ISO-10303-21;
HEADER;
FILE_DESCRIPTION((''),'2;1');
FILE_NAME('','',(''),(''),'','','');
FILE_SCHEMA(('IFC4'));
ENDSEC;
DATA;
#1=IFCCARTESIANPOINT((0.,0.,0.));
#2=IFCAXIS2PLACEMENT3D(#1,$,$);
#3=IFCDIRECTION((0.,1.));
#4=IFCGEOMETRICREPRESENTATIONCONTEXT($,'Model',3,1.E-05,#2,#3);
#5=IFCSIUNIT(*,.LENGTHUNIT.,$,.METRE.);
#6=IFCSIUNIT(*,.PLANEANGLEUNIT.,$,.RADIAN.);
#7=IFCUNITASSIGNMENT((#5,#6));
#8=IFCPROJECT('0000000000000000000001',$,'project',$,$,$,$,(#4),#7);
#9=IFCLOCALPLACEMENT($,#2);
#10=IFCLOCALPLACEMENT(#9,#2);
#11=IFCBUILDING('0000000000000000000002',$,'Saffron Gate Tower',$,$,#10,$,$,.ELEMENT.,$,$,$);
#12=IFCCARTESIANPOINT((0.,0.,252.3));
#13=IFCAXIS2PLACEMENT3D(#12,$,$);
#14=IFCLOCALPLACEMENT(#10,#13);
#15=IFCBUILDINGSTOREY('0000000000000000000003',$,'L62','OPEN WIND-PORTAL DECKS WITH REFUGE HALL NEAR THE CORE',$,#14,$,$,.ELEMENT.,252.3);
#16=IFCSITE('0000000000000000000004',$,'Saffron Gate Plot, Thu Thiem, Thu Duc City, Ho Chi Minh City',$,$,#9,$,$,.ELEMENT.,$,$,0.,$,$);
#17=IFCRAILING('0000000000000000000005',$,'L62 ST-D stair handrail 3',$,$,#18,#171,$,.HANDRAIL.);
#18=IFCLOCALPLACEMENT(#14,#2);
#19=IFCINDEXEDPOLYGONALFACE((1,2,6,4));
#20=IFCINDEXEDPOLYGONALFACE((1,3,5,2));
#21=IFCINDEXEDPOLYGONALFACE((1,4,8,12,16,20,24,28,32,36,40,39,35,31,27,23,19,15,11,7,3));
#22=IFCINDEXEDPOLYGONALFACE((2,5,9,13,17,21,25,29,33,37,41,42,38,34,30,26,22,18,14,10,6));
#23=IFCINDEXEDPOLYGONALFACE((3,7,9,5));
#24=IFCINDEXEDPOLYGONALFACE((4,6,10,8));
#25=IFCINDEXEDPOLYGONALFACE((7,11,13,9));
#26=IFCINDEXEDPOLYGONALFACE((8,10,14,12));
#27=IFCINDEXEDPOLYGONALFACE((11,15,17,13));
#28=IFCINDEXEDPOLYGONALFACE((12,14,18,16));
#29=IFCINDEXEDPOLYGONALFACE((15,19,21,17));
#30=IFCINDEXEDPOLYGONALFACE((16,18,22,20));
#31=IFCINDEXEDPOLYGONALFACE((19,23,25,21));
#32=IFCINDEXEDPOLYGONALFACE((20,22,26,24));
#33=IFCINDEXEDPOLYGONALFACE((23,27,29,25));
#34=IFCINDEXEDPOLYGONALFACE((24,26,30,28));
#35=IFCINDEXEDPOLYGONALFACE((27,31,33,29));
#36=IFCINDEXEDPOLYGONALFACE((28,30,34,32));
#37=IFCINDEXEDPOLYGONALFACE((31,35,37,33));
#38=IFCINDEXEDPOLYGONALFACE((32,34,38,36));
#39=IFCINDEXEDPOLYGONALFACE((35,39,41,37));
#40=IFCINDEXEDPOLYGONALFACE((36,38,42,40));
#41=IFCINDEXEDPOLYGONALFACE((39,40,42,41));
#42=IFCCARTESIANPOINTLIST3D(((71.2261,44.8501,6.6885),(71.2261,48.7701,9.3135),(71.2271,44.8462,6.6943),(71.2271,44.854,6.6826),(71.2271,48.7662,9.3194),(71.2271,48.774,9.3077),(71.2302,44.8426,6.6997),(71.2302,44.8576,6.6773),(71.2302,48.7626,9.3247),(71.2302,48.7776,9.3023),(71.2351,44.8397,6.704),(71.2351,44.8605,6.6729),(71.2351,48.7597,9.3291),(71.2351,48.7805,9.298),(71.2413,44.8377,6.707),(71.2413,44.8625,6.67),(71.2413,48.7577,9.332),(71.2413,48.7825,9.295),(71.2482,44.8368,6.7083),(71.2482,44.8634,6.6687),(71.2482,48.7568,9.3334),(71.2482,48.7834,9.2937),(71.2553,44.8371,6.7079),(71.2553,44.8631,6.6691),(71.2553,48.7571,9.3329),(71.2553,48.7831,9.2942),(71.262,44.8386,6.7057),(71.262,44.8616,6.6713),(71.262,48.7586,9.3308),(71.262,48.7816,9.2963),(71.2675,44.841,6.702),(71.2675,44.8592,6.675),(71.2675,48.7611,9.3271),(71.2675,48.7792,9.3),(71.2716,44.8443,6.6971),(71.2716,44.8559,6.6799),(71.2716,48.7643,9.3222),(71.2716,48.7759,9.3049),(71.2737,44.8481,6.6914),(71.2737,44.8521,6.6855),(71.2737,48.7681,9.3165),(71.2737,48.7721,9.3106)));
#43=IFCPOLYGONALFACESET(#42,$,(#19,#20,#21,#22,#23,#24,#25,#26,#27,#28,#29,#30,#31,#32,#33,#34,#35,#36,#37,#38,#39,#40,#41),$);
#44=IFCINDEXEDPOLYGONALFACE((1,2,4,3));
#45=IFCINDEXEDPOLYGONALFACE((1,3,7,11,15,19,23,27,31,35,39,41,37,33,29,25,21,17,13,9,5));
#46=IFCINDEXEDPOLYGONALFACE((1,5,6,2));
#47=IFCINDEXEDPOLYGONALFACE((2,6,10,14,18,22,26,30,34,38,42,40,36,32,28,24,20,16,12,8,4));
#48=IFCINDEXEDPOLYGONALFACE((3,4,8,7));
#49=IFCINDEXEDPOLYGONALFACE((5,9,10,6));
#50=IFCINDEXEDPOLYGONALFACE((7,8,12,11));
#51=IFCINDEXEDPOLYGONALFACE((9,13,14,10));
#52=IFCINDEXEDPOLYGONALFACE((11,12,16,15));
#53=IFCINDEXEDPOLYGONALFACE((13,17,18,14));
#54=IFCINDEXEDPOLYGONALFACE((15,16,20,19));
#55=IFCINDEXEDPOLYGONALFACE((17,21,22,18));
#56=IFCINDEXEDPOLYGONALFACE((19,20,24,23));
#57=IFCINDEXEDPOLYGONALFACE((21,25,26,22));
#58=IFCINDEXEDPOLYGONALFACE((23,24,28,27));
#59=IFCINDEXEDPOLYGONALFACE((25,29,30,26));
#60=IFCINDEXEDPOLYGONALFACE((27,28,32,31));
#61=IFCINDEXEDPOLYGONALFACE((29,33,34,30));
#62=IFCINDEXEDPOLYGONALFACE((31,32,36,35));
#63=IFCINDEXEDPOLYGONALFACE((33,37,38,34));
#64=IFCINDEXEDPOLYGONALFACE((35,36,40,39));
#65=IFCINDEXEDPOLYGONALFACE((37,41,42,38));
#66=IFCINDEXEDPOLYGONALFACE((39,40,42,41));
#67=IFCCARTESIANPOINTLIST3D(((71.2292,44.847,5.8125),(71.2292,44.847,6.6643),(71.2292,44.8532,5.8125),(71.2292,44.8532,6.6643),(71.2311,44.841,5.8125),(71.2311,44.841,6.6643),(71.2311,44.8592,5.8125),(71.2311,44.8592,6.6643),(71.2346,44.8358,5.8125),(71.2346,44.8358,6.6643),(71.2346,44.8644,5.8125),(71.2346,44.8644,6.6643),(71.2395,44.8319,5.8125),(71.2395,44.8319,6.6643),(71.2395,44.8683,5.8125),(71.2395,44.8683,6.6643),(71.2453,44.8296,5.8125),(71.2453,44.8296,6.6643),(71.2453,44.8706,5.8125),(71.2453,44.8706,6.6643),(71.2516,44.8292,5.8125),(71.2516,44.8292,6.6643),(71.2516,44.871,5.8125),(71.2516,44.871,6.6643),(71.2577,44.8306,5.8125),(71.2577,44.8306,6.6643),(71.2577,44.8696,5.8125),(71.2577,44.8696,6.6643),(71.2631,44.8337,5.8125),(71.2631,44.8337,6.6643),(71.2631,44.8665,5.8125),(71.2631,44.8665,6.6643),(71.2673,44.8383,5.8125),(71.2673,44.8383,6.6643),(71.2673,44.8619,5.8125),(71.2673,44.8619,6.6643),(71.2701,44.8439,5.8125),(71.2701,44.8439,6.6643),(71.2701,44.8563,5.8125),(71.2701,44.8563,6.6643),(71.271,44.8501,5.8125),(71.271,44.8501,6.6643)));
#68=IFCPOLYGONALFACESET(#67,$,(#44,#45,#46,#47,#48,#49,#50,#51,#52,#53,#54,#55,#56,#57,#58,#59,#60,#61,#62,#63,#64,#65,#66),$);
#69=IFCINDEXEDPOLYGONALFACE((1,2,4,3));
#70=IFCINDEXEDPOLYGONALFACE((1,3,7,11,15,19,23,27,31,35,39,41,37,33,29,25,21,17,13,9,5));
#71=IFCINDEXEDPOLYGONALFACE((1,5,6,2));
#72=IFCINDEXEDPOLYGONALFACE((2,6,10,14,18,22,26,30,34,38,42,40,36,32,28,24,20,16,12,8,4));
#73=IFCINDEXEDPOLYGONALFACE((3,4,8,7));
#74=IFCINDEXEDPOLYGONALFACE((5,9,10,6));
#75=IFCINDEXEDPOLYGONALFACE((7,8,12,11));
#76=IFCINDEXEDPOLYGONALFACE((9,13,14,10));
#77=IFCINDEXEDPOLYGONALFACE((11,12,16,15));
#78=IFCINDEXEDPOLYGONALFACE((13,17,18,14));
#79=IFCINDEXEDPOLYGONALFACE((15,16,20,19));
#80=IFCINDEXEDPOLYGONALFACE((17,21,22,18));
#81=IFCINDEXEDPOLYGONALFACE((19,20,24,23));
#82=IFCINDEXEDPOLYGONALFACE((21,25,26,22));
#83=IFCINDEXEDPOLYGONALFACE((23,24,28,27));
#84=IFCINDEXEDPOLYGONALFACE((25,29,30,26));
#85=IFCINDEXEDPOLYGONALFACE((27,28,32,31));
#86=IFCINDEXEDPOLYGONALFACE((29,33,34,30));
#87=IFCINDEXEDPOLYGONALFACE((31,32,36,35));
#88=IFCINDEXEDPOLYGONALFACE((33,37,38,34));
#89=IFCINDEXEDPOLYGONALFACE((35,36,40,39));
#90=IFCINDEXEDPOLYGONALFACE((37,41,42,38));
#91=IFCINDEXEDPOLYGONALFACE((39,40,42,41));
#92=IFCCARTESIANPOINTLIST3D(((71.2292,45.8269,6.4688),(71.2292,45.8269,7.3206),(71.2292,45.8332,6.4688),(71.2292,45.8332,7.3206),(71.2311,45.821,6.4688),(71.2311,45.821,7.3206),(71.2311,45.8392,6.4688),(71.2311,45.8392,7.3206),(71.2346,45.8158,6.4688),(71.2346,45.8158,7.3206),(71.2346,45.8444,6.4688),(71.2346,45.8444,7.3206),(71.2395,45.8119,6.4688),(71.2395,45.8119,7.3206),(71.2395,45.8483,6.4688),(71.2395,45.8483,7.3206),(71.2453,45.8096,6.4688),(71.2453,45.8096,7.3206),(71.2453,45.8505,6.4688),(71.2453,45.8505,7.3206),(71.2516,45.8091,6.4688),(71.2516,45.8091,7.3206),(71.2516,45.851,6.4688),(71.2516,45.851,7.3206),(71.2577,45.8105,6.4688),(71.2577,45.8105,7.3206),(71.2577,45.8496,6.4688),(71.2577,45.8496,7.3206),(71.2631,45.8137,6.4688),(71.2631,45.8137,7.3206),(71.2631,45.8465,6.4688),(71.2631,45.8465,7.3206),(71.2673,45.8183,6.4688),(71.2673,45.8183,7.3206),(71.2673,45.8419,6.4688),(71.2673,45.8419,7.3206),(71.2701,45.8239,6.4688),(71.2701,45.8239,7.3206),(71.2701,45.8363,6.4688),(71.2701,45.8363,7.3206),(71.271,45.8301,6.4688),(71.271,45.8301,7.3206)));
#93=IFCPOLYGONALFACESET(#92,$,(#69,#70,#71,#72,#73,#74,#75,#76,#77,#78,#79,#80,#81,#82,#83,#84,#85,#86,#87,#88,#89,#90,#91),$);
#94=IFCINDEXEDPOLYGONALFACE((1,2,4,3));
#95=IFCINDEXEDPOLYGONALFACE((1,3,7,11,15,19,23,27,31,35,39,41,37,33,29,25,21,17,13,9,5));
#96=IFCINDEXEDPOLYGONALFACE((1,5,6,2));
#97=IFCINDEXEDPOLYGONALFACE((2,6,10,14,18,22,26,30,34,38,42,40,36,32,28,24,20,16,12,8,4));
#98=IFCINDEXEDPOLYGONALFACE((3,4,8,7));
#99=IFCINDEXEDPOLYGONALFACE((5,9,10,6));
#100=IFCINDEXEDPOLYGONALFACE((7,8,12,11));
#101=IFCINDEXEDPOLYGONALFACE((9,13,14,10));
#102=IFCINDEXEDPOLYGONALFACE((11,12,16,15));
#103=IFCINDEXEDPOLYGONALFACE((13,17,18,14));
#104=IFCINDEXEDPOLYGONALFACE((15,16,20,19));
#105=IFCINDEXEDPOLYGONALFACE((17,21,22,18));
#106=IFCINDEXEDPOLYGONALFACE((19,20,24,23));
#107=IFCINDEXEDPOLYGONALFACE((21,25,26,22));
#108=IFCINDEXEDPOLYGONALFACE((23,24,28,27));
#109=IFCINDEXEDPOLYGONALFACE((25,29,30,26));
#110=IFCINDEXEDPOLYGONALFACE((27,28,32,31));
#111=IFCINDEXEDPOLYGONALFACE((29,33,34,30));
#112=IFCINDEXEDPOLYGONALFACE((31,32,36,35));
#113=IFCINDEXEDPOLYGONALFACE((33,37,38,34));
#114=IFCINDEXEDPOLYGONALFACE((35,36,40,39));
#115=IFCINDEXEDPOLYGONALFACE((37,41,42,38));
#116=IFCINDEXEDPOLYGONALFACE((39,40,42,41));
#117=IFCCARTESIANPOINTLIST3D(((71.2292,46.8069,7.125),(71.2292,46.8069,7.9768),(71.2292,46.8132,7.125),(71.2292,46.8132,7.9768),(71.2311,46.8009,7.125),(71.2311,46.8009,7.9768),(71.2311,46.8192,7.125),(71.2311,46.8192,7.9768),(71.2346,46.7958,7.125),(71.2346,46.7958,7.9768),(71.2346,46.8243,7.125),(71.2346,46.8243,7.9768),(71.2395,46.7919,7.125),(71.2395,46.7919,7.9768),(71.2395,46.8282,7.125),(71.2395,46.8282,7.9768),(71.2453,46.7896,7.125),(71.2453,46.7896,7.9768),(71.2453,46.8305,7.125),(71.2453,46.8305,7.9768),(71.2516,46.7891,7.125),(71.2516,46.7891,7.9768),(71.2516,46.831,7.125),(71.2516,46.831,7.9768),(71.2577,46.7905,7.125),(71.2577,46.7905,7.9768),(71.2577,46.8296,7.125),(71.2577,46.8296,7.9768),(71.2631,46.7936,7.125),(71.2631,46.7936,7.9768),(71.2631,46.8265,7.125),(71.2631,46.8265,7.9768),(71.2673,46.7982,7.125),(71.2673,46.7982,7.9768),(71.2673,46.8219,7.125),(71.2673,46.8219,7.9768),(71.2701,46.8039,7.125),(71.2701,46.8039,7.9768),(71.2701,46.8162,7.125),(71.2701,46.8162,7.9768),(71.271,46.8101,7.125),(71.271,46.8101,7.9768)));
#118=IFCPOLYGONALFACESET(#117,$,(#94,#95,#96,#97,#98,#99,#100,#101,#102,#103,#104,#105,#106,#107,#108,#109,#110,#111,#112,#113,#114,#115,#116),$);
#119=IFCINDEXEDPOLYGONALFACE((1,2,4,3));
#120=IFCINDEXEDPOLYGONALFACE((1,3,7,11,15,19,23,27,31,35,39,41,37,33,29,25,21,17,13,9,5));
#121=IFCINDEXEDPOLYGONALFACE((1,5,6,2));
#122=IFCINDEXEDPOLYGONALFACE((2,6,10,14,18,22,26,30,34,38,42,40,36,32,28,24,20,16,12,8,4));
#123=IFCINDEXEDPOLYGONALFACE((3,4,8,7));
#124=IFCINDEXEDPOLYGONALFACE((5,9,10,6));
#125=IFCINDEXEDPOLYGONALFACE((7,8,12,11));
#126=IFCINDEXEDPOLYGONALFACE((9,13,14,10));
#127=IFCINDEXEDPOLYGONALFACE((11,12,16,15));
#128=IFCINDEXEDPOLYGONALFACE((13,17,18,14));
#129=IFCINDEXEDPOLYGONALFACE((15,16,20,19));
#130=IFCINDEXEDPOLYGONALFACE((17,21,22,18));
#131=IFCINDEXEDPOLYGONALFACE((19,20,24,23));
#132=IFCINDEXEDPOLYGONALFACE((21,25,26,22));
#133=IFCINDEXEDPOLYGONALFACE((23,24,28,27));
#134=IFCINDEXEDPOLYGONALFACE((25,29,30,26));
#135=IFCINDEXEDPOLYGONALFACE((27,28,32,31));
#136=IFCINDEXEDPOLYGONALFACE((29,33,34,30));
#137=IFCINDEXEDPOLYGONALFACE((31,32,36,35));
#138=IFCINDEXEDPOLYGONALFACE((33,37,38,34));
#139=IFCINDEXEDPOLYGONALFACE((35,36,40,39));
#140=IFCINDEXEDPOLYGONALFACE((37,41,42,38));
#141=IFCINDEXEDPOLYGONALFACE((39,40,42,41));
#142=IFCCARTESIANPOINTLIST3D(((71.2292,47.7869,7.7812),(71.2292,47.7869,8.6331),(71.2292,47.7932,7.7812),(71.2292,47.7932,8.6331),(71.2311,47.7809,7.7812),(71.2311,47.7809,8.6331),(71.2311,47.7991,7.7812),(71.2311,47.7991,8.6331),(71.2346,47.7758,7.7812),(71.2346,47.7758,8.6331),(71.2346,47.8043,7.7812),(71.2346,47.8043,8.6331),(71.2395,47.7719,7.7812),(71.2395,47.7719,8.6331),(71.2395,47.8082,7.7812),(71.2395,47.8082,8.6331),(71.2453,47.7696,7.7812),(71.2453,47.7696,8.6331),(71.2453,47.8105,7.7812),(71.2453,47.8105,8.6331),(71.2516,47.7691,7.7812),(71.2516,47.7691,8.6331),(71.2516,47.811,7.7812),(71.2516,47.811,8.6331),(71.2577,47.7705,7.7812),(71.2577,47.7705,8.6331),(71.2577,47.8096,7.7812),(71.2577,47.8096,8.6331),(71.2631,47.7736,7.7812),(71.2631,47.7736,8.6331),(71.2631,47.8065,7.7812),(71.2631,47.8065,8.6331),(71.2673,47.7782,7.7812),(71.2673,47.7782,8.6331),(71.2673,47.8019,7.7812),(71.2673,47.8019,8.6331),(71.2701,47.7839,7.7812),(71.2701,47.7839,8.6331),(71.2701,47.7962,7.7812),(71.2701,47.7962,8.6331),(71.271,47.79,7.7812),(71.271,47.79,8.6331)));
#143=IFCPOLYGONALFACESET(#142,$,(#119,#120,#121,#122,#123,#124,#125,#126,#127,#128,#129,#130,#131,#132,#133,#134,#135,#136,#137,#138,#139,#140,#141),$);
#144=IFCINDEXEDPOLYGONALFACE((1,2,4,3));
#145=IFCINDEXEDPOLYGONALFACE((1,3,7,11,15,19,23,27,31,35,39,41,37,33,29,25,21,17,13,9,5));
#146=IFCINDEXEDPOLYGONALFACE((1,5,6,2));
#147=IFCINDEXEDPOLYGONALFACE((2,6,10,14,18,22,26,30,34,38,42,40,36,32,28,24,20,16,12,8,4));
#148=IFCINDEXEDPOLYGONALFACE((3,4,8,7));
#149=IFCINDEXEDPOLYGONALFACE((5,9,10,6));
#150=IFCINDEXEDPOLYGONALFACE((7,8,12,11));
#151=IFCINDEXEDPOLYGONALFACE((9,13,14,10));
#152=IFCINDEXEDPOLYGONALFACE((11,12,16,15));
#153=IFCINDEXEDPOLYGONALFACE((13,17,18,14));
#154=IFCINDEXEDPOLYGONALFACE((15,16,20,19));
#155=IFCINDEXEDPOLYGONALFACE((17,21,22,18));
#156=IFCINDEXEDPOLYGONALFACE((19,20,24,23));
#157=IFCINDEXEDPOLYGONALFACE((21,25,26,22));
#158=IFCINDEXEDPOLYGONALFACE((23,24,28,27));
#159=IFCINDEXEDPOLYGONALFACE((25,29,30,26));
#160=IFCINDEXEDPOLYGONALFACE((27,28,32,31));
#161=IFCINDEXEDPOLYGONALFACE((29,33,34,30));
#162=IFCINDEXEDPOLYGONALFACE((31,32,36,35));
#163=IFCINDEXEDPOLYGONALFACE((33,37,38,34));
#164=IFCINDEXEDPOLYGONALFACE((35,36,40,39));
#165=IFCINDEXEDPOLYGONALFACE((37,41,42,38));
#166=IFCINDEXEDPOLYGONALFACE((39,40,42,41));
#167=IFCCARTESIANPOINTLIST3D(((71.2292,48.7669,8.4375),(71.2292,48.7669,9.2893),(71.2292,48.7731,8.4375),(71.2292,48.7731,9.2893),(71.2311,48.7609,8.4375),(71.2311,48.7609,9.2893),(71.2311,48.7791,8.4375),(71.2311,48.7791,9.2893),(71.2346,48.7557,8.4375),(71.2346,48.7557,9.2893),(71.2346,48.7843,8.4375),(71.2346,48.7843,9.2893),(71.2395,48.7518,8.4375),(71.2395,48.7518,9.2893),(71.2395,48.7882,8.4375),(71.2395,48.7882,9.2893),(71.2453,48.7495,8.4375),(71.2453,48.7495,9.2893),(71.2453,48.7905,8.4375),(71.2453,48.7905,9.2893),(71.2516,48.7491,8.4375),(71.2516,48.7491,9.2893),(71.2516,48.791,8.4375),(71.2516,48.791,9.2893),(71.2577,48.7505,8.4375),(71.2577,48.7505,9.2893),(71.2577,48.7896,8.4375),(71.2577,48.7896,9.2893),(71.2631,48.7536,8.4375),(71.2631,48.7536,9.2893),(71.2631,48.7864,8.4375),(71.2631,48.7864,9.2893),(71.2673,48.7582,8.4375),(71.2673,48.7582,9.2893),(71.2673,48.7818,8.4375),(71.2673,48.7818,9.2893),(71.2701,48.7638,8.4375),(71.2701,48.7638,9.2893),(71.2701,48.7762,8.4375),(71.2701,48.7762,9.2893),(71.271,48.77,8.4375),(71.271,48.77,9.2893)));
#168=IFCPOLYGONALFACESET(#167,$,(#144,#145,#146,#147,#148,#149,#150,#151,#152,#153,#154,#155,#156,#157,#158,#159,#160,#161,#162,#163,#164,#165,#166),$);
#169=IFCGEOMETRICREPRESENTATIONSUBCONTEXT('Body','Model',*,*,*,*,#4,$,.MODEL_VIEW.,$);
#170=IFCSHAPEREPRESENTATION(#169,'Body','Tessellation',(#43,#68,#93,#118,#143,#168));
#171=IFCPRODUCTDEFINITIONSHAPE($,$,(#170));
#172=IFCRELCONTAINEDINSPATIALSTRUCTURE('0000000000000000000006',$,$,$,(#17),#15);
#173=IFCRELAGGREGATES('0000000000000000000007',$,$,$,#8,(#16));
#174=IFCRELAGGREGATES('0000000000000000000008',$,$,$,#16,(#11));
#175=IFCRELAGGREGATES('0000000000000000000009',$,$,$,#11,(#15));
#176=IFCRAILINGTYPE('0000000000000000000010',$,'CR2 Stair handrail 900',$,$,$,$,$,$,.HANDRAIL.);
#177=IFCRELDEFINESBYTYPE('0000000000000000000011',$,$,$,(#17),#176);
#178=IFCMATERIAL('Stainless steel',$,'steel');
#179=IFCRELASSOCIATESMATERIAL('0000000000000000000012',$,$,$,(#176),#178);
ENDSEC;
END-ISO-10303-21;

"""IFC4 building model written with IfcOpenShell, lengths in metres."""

from ifc_helpers import new_model, si_unit, direction, frame, origin, origin_2d, place, context, subcontext, project, spatial, circle, extrude, material, type_object, element, save


model = new_model("IFC4")

# Units and contexts
model_context = context("Model", 3, precision=1e-05, world=origin(), true_north=direction((0.0, 1.0)))
body_context = subcontext(model_context, "Body", "Model", "MODEL_VIEW")
ifc_project = project(units=[si_unit("LENGTHUNIT", "METRE"), si_unit("PLANEANGLEUNIT", "RADIAN")], contexts=[model_context])

# Site, building, storey
site_placement = place(None, origin())
site = spatial("IfcSite", under=ifc_project, at=site_placement, Name="Saffron Gate Plot, Thu Thiem, Thu Duc City, Ho Chi Minh City", CompositionType="ELEMENT", RefElevation=0.0)
building_placement = place(site_placement, origin())
building = spatial("IfcBuilding", under=site, at=building_placement, Name="Saffron Gate Tower", CompositionType="ELEMENT")
storey_placement = place(building_placement, frame((0.0, 0.0, 252.3)))
storey = spatial("IfcBuildingStorey", under=building, at=storey_placement, Name="L62", Description="OPEN WIND-PORTAL DECKS WITH REFUGE HALL NEAR THE CORE", CompositionType="ELEMENT", Elevation=252.3)

# Railing
ifc_material_1 = material(Name="Stainless steel", Category="steel")
railing_type_1 = type_object("IfcRailingType", Name="CR2 Stair handrail 900", PredefinedType="HANDRAIL", material=ifc_material_1)
railing_1_placement = place(storey_placement, frame((71.25, 44.8501, 5.8125)))
element("IfcRailing", 1, at=railing_1_placement, inside=storey, type_object=railing_type_1, Name="L62 ST-D stair handrail 3", PredefinedType="HANDRAIL", context=body_context, shape_type="SweptSolid", body=[
    extrude(circle(Radius=0.0239, at=origin_2d()), frame((0.0, 0.0, 0.876), z_axis=(0.0, 0.830902, 0.556419), x_axis=(-1.0, 0.0, 0.0)), (0.0, 0.0, 1.0), 4.7178),
    extrude(circle(Radius=0.021, at=origin_2d()), origin(), (0.0, 0.0, 1.0), 0.8518),
    extrude(circle(Radius=0.021, at=origin_2d()), frame((0.0, 0.98, 0.6562)), (0.0, 0.0, 1.0), 0.8518),
    extrude(circle(Radius=0.021, at=origin_2d()), frame((0.0, 1.96, 1.3125)), (0.0, 0.0, 1.0), 0.8518),
    extrude(circle(Radius=0.021, at=origin_2d()), frame((0.0, 2.9399, 1.9688)), (0.0, 0.0, 1.0), 0.8518),
    extrude(circle(Radius=0.021, at=origin_2d()), frame((0.0, 3.9199, 2.625)), (0.0, 0.0, 1.0), 0.8518),
])

save(model, "model.ifc")
